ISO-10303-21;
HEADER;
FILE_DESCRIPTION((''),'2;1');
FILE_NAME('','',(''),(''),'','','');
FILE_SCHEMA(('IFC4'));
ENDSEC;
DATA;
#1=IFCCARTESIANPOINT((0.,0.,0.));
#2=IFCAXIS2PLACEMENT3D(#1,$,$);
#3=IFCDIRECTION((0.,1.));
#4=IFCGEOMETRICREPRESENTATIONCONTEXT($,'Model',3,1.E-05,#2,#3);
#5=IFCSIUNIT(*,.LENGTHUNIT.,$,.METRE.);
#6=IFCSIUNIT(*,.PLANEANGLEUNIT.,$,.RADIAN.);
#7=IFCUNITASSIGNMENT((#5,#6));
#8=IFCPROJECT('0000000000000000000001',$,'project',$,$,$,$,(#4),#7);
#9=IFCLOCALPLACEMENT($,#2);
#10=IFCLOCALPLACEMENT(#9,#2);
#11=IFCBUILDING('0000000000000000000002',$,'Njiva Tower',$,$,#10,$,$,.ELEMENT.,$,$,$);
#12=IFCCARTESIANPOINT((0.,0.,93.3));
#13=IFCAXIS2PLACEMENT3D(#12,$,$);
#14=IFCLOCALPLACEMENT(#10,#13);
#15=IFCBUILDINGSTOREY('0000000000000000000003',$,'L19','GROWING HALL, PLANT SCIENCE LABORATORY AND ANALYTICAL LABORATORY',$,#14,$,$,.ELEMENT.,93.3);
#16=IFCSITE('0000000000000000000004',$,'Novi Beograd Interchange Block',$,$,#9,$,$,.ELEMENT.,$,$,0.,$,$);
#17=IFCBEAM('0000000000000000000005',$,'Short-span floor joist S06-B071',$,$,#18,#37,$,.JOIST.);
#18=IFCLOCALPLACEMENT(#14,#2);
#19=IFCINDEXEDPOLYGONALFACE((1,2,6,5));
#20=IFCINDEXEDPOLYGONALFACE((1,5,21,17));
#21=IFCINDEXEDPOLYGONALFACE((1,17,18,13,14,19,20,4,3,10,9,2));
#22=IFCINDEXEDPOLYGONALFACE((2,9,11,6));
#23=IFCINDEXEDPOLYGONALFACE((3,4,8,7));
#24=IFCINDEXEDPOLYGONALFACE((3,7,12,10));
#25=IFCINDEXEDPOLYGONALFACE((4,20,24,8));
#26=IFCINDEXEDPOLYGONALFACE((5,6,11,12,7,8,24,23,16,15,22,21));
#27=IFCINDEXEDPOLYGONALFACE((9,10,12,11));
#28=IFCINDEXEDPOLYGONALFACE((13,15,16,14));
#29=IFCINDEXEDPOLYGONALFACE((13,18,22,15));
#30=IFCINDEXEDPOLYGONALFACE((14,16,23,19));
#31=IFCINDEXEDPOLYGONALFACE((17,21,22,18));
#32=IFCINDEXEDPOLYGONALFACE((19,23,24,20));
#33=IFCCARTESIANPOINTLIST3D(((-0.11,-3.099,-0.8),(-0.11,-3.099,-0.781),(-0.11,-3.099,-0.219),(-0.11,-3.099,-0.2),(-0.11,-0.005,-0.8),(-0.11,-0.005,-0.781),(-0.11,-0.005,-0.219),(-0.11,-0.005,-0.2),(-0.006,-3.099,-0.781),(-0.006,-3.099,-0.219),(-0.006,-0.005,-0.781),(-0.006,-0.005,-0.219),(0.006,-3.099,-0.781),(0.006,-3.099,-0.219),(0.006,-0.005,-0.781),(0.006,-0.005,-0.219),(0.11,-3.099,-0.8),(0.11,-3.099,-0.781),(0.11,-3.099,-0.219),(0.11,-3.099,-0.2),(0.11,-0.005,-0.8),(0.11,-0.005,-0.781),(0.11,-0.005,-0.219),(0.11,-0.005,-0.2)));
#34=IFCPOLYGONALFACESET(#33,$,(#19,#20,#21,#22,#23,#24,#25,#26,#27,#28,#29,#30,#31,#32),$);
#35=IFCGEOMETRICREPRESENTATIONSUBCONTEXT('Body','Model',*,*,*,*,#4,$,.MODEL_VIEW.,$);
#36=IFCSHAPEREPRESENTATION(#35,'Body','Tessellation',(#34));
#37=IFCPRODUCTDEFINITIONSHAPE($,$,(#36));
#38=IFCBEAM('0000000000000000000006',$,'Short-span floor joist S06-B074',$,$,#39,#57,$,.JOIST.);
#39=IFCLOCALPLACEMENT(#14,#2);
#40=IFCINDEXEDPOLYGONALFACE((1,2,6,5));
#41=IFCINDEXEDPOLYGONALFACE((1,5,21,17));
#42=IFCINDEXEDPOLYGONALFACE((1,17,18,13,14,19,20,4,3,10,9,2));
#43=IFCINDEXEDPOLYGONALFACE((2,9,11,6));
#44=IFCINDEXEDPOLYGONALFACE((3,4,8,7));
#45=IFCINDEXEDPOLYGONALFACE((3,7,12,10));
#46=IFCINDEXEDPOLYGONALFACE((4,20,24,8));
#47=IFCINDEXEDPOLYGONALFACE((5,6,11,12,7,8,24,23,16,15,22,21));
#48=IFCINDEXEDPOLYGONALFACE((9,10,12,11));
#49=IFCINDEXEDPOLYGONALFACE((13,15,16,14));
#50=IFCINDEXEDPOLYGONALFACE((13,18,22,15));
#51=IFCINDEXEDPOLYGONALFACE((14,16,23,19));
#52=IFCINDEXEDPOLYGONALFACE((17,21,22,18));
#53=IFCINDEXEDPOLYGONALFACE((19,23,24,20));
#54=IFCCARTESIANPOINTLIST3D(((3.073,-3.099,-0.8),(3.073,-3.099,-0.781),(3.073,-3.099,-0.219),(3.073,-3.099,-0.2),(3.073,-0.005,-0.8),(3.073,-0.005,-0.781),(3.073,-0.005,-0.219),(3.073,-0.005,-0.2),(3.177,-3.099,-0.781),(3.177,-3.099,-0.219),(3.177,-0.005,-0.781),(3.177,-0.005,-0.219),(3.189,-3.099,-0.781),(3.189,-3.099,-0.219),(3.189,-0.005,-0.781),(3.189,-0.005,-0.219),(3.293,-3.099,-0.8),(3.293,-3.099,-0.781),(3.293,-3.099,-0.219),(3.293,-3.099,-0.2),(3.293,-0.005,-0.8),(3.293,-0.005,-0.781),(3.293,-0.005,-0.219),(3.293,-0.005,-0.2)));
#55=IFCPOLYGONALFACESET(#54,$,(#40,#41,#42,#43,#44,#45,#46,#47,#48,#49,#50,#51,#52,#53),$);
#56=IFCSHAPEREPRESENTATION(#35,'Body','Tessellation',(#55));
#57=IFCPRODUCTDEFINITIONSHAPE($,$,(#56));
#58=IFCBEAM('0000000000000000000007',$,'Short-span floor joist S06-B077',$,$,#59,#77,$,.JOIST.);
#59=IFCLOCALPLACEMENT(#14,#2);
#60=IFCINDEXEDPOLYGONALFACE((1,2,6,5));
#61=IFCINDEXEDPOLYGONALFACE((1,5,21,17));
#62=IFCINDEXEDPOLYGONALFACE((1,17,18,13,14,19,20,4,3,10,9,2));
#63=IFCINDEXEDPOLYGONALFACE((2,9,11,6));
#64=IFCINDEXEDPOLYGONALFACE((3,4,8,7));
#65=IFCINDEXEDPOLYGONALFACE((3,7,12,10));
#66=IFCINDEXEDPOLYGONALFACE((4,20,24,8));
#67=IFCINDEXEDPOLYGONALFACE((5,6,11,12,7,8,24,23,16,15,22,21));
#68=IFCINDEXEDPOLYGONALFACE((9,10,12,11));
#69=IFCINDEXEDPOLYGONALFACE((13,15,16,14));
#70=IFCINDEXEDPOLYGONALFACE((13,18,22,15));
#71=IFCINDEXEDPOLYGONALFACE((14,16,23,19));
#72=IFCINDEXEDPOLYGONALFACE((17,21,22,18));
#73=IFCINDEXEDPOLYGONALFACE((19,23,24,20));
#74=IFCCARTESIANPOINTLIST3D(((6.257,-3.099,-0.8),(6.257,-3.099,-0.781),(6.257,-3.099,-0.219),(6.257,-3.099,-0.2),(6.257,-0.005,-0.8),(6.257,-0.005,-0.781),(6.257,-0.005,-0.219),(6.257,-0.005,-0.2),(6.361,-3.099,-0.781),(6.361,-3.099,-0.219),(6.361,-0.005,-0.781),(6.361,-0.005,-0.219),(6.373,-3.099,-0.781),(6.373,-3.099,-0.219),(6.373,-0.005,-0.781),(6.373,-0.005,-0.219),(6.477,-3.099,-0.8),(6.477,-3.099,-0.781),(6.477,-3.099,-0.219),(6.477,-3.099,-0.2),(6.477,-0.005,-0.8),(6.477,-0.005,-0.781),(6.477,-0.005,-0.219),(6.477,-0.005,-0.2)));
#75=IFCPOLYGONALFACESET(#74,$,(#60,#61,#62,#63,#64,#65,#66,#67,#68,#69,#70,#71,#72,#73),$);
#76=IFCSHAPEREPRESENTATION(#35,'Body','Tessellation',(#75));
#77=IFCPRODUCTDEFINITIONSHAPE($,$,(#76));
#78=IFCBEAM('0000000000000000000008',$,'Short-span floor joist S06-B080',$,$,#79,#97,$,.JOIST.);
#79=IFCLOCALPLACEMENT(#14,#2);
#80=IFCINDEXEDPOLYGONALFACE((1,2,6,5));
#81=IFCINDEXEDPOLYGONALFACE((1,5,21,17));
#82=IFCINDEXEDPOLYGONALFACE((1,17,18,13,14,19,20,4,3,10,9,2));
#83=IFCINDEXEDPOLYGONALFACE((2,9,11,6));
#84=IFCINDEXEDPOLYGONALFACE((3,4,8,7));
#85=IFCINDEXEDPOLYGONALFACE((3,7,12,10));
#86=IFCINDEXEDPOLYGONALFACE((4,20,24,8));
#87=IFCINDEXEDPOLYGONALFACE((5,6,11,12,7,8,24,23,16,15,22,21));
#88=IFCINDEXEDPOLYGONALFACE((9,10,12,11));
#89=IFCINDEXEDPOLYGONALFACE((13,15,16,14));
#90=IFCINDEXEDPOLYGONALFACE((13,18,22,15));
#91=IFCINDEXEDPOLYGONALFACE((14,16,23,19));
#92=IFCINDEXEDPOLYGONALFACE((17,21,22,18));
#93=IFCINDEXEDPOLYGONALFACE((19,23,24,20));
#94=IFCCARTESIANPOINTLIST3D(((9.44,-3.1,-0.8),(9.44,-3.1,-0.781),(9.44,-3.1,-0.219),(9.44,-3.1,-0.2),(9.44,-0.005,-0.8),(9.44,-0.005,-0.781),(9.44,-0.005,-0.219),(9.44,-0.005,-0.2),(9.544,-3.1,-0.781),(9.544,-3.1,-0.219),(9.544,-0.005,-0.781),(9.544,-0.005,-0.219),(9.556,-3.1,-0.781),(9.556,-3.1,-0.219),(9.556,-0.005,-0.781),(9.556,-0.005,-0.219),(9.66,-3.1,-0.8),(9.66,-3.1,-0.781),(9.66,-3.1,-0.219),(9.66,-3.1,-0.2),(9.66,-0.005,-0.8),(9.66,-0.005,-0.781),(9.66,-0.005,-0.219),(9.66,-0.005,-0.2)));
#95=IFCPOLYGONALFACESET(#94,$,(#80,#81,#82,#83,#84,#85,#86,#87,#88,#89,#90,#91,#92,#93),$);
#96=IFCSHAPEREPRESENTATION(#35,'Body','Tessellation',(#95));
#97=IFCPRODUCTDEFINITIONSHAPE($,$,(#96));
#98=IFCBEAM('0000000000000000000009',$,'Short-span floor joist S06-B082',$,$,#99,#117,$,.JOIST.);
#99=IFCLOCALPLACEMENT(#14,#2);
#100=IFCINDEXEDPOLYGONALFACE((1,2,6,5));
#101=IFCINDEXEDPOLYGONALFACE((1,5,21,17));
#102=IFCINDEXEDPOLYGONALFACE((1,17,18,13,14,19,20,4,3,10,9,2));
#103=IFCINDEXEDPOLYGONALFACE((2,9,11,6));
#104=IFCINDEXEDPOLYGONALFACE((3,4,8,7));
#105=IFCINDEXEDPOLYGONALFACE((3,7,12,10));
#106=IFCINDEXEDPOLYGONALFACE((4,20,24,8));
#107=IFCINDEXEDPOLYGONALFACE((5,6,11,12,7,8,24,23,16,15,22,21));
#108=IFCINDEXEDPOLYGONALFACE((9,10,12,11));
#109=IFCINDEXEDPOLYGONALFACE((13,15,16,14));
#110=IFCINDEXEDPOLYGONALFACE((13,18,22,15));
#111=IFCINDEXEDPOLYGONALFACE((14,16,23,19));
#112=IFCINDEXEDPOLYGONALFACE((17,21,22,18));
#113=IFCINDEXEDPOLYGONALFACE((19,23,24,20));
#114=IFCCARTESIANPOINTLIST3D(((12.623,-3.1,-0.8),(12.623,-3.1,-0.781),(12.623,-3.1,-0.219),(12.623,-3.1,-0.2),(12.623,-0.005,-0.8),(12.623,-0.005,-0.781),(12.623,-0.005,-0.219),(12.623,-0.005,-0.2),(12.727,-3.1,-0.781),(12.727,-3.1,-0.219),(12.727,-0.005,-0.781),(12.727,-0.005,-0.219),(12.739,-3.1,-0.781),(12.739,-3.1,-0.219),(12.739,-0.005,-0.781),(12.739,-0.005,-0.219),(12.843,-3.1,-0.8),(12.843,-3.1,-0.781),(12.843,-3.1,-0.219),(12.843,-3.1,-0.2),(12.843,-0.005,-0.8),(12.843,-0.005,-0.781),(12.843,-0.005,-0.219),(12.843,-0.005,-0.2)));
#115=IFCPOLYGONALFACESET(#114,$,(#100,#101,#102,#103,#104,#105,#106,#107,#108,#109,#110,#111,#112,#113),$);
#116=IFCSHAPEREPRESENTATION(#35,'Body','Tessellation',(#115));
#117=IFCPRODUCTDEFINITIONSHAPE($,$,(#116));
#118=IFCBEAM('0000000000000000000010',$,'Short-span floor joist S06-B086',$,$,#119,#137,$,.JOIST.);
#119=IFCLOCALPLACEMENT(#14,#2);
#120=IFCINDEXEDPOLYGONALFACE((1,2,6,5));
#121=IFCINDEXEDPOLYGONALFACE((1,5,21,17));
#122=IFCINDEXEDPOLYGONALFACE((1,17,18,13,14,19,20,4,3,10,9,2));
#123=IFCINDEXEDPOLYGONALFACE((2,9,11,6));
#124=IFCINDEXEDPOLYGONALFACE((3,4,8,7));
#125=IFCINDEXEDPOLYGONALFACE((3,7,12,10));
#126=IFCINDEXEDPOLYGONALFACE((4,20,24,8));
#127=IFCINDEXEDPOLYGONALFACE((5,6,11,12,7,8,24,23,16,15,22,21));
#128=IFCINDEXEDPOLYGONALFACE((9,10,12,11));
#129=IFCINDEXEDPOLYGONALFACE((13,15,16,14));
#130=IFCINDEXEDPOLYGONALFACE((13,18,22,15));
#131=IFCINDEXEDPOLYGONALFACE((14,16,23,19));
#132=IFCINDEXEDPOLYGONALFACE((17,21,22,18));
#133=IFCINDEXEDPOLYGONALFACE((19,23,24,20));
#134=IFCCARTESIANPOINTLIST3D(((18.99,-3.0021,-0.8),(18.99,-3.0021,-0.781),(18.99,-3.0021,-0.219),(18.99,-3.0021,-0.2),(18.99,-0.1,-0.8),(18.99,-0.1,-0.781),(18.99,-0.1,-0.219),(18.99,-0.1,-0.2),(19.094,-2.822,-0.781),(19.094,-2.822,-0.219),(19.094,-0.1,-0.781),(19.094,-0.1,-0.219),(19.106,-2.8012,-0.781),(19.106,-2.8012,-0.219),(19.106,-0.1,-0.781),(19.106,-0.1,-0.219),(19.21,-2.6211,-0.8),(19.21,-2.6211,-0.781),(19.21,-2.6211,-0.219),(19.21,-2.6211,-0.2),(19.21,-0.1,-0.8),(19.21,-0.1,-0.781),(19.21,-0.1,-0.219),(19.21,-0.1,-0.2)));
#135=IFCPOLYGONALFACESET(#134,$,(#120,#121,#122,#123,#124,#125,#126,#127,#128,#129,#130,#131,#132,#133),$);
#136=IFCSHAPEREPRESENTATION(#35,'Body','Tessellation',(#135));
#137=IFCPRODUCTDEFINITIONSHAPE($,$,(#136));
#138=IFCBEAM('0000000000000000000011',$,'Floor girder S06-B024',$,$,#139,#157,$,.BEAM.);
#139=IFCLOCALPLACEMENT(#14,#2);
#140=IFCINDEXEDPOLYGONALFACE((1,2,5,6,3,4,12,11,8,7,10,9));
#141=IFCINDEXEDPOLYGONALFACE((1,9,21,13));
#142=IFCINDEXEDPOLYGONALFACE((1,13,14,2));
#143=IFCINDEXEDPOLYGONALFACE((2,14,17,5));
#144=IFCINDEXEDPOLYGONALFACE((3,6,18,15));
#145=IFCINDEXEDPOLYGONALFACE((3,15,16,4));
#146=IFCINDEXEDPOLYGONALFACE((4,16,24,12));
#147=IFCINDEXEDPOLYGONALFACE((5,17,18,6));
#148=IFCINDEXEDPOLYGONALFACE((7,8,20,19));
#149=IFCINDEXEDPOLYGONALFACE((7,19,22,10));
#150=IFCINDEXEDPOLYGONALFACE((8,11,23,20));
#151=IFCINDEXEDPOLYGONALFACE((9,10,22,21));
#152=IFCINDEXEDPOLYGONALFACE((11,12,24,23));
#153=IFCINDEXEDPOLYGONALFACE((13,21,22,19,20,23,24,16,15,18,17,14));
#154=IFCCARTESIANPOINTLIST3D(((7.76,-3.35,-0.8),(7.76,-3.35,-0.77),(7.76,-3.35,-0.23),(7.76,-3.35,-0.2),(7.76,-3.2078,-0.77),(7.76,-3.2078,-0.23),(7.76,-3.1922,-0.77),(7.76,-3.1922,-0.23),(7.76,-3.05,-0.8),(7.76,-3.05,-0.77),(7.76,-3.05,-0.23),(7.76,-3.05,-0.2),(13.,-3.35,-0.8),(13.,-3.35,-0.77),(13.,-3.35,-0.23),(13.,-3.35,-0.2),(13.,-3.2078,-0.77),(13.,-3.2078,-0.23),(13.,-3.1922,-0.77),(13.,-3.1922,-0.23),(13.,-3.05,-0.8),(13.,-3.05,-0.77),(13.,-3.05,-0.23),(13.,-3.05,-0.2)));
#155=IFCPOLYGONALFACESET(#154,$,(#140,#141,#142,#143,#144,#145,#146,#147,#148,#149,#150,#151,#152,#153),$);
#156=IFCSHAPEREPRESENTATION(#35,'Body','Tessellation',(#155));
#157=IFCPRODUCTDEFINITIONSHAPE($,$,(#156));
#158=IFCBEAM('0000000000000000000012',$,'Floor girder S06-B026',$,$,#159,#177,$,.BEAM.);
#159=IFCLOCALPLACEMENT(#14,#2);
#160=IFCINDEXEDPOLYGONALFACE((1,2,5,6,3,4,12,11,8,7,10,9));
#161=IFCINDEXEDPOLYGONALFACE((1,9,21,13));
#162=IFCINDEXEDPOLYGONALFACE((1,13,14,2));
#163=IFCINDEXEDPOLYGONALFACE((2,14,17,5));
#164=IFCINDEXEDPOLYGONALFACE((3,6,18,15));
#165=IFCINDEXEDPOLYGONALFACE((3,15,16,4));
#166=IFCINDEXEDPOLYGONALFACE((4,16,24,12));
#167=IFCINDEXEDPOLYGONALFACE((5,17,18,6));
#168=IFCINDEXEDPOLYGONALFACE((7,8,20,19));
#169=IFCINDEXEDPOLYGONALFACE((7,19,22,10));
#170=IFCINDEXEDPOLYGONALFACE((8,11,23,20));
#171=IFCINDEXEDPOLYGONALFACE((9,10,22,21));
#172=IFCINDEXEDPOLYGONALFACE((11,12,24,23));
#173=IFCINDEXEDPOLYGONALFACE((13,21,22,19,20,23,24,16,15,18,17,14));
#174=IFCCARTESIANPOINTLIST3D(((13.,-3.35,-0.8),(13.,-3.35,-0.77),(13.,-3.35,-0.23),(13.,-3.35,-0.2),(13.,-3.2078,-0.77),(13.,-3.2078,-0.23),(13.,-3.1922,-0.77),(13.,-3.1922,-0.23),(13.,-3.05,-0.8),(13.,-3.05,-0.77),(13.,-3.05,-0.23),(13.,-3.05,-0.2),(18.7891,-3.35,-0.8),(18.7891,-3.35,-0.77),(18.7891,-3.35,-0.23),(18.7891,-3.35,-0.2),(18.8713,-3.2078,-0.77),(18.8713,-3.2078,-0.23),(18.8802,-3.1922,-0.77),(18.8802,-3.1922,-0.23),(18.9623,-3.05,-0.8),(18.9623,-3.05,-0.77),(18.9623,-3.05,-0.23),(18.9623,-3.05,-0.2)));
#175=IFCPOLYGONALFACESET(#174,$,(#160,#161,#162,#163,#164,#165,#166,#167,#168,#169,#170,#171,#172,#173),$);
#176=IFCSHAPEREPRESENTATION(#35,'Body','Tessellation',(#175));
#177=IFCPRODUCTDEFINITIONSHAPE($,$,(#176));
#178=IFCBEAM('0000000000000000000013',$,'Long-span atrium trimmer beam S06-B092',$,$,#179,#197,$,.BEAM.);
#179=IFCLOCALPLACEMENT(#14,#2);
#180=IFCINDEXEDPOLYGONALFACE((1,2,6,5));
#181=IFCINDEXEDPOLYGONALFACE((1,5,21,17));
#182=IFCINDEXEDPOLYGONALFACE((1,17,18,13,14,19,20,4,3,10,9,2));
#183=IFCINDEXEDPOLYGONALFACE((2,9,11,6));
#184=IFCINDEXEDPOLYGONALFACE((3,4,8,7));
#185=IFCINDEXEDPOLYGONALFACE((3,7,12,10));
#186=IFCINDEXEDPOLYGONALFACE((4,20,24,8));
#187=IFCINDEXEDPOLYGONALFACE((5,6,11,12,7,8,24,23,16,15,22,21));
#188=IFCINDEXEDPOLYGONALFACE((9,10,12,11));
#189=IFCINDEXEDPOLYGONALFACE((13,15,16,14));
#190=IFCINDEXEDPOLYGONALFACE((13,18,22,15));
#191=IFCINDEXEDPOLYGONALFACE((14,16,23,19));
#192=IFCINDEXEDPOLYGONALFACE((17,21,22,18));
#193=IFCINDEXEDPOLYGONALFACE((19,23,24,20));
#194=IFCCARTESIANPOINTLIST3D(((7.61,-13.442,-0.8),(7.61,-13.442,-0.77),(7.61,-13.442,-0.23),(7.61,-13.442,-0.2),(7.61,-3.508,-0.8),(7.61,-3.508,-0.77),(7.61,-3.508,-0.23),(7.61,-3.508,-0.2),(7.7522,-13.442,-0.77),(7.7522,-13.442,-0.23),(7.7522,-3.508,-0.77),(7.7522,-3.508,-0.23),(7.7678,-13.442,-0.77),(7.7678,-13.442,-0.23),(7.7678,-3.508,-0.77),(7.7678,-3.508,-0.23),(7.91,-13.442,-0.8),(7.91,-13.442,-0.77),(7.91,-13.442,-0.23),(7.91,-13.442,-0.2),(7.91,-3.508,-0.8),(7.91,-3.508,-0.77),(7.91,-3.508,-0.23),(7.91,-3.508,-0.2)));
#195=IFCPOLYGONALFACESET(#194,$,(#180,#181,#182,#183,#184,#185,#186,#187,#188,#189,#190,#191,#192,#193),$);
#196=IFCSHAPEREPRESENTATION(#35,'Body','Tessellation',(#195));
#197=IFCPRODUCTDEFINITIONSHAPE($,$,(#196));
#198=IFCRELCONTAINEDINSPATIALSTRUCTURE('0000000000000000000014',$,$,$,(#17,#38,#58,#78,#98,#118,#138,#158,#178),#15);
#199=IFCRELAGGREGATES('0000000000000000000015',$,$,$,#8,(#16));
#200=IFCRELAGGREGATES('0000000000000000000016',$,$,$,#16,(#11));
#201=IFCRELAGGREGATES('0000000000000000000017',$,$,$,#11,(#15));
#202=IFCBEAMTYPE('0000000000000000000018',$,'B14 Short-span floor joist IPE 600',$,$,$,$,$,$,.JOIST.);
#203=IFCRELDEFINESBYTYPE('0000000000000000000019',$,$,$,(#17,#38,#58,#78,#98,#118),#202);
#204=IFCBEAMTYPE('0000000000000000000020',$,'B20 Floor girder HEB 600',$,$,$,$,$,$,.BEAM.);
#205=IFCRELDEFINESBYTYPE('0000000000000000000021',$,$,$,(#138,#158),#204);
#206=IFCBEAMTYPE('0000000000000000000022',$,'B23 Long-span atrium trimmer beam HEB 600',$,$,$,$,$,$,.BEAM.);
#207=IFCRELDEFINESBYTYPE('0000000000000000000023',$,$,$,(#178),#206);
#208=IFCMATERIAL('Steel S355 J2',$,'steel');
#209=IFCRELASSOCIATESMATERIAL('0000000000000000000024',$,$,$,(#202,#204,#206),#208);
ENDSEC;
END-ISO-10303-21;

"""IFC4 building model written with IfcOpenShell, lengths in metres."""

from ifc_helpers import new_model, si_unit, direction, frame, origin, origin_2d, place, context, subcontext, project, spatial, i_section, extrude, clip, halfspace, material, material_profile, profile_set, type_object, element, save


model = new_model("IFC4")

# Units and contexts
model_context = context("Model", 3, precision=1e-05, world=origin(), true_north=direction((0.0, 1.0)))
body_context = subcontext(model_context, "Body", "Model", "MODEL_VIEW")
ifc_project = project(units=[si_unit("LENGTHUNIT", "METRE"), si_unit("PLANEANGLEUNIT", "RADIAN")], contexts=[model_context])

# Site, building, storey
site_placement = place(None, origin())
site = spatial("IfcSite", under=ifc_project, at=site_placement, Name="Novi Beograd Interchange Block", CompositionType="ELEMENT", RefElevation=0.0)
building_placement = place(site_placement, origin())
building = spatial("IfcBuilding", under=site, at=building_placement, Name="Njiva Tower", CompositionType="ELEMENT")
storey_placement = place(building_placement, frame((0.0, 0.0, 93.3)))
storey = spatial("IfcBuildingStorey", under=building, at=storey_placement, Name="L19", Description="GROWING HALL, PLANT SCIENCE LABORATORY AND ANALYTICAL LABORATORY", CompositionType="ELEMENT", Elevation=93.3)

# Shared definitions
ifc_material_1 = material(Name="Steel S355 J2", Category="steel")

# Beams
ifc_material_profile_1 = material_profile(ifc_material_1, i_section(OverallWidth=0.22, OverallDepth=0.6, WebThickness=0.012, FlangeThickness=0.019, at=origin_2d()), Name="IPE 600")
ifc_profile_set_1 = profile_set([ifc_material_profile_1], Name="Steel S355 J2")
beam_type_1 = type_object("IfcBeamType", Name="B14 Short-span floor joist IPE 600", PredefinedType="JOIST", material=ifc_profile_set_1)
for number, where, z_axis, x_axis, name in (
    (1, (0.0, -0.005, -0.5), (0.0, -1.0, 0.0), (1.0, 0.0, 0.0), "Short-span floor joist S06-B071"),
    (2, (3.183, -0.005, -0.5), (0.0, -1.0, 0.0), (1.0, 0.0, 0.0), "Short-span floor joist S06-B074"),
    (3, (6.367, -0.005, -0.5), (0.0, -1.0, 0.0), (1.0, 0.0, 0.0), "Short-span floor joist S06-B077"),
):
    element("IfcBeam", number, at=place(storey_placement, frame(where, z_axis=z_axis, x_axis=x_axis)), inside=storey, type_object=beam_type_1, Name=name, PredefinedType="JOIST", context=body_context, shape_type="SweptSolid", body=[
        extrude(i_section(OverallWidth=0.22, OverallDepth=0.6, WebThickness=0.012, FlangeThickness=0.019, at=origin_2d()), origin(), (0.0, 0.0, 1.0), 3.094),
    ])
for number, where, z_axis, x_axis, name in (
    (4, (9.55, -0.005, -0.5), (0.0, -1.0, 0.0), (1.0, 0.0, 0.0), "Short-span floor joist S06-B080"),
    (5, (12.733, -0.005, -0.5), (0.0, -1.0, 0.0), (1.0, 0.0, 0.0), "Short-span floor joist S06-B082"),
):
    element("IfcBeam", number, at=place(storey_placement, frame(where, z_axis=z_axis, x_axis=x_axis)), inside=storey, type_object=beam_type_1, Name=name, PredefinedType="JOIST", context=body_context, shape_type="SweptSolid", body=[
        extrude(i_section(OverallWidth=0.22, OverallDepth=0.6, WebThickness=0.012, FlangeThickness=0.019, at=origin_2d()), origin(), (0.0, 0.0, 1.0), 3.095),
    ])
beam_1_placement = place(storey_placement, frame((19.1, -0.1, -0.5), z_axis=(0.0, -1.0, 0.0), x_axis=(1.0, 0.0, 0.0)))
element("IfcBeam", 6, at=beam_1_placement, inside=storey, type_object=beam_type_1, Name="Short-span floor joist S06-B086", PredefinedType="JOIST", context=body_context, shape_type="Clipping", body=[
    clip(extrude(i_section(OverallWidth=0.22, OverallDepth=0.6, WebThickness=0.012, FlangeThickness=0.019, at=origin_2d()), origin(), (0.0, 0.0, 1.0), 2.923), halfspace(frame((0.0433, 0.0, 2.6366), z_axis=(0.866027, 0.0, 0.499998), x_axis=(0.0, 1.0, 0.0)), False)),
])
ifc_material_profile_2 = material_profile(ifc_material_1, i_section(OverallWidth=0.3, OverallDepth=0.6, WebThickness=0.0155, FlangeThickness=0.03, at=origin_2d()), Name="HEB 600")
ifc_profile_set_2 = profile_set([ifc_material_profile_2], Name="Steel S355 J2")
beam_type_2 = type_object("IfcBeamType", Name="B20 Floor girder HEB 600", PredefinedType="BEAM", material=ifc_profile_set_2)
beam_2_placement = place(storey_placement, frame((7.76, -3.2, -0.5), z_axis=(1.0, 0.0, 0.0), x_axis=(0.0, 1.0, 0.0)))
element("IfcBeam", 7, at=beam_2_placement, inside=storey, type_object=beam_type_2, Name="Floor girder S06-B024", PredefinedType="BEAM", context=body_context, shape_type="SweptSolid", body=[
    extrude(i_section(OverallWidth=0.3, OverallDepth=0.6, WebThickness=0.0155, FlangeThickness=0.03, at=origin_2d()), origin(), (0.0, 0.0, 1.0), 5.24),
])
beam_3_placement = place(storey_placement, frame((13.0, -3.2, -0.5), z_axis=(1.0, 0.0, 0.0), x_axis=(0.0, 1.0, 0.0)))
element("IfcBeam", 8, at=beam_3_placement, inside=storey, type_object=beam_type_2, Name="Floor girder S06-B026", PredefinedType="BEAM", context=body_context, shape_type="Clipping", body=[
    clip(extrude(i_section(OverallWidth=0.3, OverallDepth=0.6, WebThickness=0.0155, FlangeThickness=0.03, at=origin_2d()), origin(), (0.0, 0.0, 1.0), 5.983), halfspace(frame((-0.025, 0.0, 5.8613), z_axis=(-0.499998, 0.0, 0.866027), x_axis=(0.0, 1.0, 0.0)), False)),
])
ifc_material_profile_3 = material_profile(ifc_material_1, i_section(OverallWidth=0.3, OverallDepth=0.6, WebThickness=0.0155, FlangeThickness=0.03, at=origin_2d()), Name="HEB 600")
ifc_profile_set_3 = profile_set([ifc_material_profile_3], Name="Steel S355 J2")
beam_type_3 = type_object("IfcBeamType", Name="B23 Long-span atrium trimmer beam HEB 600", PredefinedType="BEAM", material=ifc_profile_set_3)
beam_4_placement = place(storey_placement, frame((7.76, -13.442, -0.5), z_axis=(0.0, 1.0, 0.0), x_axis=(-1.0, 0.0, 0.0)))
element("IfcBeam", 9, at=beam_4_placement, inside=storey, type_object=beam_type_3, Name="Long-span atrium trimmer beam S06-B092", PredefinedType="BEAM", context=body_context, shape_type="SweptSolid", body=[
    extrude(i_section(OverallWidth=0.3, OverallDepth=0.6, WebThickness=0.0155, FlangeThickness=0.03, at=origin_2d()), origin(), (0.0, 0.0, 1.0), 9.934),
])

save(model, "model.ifc")
